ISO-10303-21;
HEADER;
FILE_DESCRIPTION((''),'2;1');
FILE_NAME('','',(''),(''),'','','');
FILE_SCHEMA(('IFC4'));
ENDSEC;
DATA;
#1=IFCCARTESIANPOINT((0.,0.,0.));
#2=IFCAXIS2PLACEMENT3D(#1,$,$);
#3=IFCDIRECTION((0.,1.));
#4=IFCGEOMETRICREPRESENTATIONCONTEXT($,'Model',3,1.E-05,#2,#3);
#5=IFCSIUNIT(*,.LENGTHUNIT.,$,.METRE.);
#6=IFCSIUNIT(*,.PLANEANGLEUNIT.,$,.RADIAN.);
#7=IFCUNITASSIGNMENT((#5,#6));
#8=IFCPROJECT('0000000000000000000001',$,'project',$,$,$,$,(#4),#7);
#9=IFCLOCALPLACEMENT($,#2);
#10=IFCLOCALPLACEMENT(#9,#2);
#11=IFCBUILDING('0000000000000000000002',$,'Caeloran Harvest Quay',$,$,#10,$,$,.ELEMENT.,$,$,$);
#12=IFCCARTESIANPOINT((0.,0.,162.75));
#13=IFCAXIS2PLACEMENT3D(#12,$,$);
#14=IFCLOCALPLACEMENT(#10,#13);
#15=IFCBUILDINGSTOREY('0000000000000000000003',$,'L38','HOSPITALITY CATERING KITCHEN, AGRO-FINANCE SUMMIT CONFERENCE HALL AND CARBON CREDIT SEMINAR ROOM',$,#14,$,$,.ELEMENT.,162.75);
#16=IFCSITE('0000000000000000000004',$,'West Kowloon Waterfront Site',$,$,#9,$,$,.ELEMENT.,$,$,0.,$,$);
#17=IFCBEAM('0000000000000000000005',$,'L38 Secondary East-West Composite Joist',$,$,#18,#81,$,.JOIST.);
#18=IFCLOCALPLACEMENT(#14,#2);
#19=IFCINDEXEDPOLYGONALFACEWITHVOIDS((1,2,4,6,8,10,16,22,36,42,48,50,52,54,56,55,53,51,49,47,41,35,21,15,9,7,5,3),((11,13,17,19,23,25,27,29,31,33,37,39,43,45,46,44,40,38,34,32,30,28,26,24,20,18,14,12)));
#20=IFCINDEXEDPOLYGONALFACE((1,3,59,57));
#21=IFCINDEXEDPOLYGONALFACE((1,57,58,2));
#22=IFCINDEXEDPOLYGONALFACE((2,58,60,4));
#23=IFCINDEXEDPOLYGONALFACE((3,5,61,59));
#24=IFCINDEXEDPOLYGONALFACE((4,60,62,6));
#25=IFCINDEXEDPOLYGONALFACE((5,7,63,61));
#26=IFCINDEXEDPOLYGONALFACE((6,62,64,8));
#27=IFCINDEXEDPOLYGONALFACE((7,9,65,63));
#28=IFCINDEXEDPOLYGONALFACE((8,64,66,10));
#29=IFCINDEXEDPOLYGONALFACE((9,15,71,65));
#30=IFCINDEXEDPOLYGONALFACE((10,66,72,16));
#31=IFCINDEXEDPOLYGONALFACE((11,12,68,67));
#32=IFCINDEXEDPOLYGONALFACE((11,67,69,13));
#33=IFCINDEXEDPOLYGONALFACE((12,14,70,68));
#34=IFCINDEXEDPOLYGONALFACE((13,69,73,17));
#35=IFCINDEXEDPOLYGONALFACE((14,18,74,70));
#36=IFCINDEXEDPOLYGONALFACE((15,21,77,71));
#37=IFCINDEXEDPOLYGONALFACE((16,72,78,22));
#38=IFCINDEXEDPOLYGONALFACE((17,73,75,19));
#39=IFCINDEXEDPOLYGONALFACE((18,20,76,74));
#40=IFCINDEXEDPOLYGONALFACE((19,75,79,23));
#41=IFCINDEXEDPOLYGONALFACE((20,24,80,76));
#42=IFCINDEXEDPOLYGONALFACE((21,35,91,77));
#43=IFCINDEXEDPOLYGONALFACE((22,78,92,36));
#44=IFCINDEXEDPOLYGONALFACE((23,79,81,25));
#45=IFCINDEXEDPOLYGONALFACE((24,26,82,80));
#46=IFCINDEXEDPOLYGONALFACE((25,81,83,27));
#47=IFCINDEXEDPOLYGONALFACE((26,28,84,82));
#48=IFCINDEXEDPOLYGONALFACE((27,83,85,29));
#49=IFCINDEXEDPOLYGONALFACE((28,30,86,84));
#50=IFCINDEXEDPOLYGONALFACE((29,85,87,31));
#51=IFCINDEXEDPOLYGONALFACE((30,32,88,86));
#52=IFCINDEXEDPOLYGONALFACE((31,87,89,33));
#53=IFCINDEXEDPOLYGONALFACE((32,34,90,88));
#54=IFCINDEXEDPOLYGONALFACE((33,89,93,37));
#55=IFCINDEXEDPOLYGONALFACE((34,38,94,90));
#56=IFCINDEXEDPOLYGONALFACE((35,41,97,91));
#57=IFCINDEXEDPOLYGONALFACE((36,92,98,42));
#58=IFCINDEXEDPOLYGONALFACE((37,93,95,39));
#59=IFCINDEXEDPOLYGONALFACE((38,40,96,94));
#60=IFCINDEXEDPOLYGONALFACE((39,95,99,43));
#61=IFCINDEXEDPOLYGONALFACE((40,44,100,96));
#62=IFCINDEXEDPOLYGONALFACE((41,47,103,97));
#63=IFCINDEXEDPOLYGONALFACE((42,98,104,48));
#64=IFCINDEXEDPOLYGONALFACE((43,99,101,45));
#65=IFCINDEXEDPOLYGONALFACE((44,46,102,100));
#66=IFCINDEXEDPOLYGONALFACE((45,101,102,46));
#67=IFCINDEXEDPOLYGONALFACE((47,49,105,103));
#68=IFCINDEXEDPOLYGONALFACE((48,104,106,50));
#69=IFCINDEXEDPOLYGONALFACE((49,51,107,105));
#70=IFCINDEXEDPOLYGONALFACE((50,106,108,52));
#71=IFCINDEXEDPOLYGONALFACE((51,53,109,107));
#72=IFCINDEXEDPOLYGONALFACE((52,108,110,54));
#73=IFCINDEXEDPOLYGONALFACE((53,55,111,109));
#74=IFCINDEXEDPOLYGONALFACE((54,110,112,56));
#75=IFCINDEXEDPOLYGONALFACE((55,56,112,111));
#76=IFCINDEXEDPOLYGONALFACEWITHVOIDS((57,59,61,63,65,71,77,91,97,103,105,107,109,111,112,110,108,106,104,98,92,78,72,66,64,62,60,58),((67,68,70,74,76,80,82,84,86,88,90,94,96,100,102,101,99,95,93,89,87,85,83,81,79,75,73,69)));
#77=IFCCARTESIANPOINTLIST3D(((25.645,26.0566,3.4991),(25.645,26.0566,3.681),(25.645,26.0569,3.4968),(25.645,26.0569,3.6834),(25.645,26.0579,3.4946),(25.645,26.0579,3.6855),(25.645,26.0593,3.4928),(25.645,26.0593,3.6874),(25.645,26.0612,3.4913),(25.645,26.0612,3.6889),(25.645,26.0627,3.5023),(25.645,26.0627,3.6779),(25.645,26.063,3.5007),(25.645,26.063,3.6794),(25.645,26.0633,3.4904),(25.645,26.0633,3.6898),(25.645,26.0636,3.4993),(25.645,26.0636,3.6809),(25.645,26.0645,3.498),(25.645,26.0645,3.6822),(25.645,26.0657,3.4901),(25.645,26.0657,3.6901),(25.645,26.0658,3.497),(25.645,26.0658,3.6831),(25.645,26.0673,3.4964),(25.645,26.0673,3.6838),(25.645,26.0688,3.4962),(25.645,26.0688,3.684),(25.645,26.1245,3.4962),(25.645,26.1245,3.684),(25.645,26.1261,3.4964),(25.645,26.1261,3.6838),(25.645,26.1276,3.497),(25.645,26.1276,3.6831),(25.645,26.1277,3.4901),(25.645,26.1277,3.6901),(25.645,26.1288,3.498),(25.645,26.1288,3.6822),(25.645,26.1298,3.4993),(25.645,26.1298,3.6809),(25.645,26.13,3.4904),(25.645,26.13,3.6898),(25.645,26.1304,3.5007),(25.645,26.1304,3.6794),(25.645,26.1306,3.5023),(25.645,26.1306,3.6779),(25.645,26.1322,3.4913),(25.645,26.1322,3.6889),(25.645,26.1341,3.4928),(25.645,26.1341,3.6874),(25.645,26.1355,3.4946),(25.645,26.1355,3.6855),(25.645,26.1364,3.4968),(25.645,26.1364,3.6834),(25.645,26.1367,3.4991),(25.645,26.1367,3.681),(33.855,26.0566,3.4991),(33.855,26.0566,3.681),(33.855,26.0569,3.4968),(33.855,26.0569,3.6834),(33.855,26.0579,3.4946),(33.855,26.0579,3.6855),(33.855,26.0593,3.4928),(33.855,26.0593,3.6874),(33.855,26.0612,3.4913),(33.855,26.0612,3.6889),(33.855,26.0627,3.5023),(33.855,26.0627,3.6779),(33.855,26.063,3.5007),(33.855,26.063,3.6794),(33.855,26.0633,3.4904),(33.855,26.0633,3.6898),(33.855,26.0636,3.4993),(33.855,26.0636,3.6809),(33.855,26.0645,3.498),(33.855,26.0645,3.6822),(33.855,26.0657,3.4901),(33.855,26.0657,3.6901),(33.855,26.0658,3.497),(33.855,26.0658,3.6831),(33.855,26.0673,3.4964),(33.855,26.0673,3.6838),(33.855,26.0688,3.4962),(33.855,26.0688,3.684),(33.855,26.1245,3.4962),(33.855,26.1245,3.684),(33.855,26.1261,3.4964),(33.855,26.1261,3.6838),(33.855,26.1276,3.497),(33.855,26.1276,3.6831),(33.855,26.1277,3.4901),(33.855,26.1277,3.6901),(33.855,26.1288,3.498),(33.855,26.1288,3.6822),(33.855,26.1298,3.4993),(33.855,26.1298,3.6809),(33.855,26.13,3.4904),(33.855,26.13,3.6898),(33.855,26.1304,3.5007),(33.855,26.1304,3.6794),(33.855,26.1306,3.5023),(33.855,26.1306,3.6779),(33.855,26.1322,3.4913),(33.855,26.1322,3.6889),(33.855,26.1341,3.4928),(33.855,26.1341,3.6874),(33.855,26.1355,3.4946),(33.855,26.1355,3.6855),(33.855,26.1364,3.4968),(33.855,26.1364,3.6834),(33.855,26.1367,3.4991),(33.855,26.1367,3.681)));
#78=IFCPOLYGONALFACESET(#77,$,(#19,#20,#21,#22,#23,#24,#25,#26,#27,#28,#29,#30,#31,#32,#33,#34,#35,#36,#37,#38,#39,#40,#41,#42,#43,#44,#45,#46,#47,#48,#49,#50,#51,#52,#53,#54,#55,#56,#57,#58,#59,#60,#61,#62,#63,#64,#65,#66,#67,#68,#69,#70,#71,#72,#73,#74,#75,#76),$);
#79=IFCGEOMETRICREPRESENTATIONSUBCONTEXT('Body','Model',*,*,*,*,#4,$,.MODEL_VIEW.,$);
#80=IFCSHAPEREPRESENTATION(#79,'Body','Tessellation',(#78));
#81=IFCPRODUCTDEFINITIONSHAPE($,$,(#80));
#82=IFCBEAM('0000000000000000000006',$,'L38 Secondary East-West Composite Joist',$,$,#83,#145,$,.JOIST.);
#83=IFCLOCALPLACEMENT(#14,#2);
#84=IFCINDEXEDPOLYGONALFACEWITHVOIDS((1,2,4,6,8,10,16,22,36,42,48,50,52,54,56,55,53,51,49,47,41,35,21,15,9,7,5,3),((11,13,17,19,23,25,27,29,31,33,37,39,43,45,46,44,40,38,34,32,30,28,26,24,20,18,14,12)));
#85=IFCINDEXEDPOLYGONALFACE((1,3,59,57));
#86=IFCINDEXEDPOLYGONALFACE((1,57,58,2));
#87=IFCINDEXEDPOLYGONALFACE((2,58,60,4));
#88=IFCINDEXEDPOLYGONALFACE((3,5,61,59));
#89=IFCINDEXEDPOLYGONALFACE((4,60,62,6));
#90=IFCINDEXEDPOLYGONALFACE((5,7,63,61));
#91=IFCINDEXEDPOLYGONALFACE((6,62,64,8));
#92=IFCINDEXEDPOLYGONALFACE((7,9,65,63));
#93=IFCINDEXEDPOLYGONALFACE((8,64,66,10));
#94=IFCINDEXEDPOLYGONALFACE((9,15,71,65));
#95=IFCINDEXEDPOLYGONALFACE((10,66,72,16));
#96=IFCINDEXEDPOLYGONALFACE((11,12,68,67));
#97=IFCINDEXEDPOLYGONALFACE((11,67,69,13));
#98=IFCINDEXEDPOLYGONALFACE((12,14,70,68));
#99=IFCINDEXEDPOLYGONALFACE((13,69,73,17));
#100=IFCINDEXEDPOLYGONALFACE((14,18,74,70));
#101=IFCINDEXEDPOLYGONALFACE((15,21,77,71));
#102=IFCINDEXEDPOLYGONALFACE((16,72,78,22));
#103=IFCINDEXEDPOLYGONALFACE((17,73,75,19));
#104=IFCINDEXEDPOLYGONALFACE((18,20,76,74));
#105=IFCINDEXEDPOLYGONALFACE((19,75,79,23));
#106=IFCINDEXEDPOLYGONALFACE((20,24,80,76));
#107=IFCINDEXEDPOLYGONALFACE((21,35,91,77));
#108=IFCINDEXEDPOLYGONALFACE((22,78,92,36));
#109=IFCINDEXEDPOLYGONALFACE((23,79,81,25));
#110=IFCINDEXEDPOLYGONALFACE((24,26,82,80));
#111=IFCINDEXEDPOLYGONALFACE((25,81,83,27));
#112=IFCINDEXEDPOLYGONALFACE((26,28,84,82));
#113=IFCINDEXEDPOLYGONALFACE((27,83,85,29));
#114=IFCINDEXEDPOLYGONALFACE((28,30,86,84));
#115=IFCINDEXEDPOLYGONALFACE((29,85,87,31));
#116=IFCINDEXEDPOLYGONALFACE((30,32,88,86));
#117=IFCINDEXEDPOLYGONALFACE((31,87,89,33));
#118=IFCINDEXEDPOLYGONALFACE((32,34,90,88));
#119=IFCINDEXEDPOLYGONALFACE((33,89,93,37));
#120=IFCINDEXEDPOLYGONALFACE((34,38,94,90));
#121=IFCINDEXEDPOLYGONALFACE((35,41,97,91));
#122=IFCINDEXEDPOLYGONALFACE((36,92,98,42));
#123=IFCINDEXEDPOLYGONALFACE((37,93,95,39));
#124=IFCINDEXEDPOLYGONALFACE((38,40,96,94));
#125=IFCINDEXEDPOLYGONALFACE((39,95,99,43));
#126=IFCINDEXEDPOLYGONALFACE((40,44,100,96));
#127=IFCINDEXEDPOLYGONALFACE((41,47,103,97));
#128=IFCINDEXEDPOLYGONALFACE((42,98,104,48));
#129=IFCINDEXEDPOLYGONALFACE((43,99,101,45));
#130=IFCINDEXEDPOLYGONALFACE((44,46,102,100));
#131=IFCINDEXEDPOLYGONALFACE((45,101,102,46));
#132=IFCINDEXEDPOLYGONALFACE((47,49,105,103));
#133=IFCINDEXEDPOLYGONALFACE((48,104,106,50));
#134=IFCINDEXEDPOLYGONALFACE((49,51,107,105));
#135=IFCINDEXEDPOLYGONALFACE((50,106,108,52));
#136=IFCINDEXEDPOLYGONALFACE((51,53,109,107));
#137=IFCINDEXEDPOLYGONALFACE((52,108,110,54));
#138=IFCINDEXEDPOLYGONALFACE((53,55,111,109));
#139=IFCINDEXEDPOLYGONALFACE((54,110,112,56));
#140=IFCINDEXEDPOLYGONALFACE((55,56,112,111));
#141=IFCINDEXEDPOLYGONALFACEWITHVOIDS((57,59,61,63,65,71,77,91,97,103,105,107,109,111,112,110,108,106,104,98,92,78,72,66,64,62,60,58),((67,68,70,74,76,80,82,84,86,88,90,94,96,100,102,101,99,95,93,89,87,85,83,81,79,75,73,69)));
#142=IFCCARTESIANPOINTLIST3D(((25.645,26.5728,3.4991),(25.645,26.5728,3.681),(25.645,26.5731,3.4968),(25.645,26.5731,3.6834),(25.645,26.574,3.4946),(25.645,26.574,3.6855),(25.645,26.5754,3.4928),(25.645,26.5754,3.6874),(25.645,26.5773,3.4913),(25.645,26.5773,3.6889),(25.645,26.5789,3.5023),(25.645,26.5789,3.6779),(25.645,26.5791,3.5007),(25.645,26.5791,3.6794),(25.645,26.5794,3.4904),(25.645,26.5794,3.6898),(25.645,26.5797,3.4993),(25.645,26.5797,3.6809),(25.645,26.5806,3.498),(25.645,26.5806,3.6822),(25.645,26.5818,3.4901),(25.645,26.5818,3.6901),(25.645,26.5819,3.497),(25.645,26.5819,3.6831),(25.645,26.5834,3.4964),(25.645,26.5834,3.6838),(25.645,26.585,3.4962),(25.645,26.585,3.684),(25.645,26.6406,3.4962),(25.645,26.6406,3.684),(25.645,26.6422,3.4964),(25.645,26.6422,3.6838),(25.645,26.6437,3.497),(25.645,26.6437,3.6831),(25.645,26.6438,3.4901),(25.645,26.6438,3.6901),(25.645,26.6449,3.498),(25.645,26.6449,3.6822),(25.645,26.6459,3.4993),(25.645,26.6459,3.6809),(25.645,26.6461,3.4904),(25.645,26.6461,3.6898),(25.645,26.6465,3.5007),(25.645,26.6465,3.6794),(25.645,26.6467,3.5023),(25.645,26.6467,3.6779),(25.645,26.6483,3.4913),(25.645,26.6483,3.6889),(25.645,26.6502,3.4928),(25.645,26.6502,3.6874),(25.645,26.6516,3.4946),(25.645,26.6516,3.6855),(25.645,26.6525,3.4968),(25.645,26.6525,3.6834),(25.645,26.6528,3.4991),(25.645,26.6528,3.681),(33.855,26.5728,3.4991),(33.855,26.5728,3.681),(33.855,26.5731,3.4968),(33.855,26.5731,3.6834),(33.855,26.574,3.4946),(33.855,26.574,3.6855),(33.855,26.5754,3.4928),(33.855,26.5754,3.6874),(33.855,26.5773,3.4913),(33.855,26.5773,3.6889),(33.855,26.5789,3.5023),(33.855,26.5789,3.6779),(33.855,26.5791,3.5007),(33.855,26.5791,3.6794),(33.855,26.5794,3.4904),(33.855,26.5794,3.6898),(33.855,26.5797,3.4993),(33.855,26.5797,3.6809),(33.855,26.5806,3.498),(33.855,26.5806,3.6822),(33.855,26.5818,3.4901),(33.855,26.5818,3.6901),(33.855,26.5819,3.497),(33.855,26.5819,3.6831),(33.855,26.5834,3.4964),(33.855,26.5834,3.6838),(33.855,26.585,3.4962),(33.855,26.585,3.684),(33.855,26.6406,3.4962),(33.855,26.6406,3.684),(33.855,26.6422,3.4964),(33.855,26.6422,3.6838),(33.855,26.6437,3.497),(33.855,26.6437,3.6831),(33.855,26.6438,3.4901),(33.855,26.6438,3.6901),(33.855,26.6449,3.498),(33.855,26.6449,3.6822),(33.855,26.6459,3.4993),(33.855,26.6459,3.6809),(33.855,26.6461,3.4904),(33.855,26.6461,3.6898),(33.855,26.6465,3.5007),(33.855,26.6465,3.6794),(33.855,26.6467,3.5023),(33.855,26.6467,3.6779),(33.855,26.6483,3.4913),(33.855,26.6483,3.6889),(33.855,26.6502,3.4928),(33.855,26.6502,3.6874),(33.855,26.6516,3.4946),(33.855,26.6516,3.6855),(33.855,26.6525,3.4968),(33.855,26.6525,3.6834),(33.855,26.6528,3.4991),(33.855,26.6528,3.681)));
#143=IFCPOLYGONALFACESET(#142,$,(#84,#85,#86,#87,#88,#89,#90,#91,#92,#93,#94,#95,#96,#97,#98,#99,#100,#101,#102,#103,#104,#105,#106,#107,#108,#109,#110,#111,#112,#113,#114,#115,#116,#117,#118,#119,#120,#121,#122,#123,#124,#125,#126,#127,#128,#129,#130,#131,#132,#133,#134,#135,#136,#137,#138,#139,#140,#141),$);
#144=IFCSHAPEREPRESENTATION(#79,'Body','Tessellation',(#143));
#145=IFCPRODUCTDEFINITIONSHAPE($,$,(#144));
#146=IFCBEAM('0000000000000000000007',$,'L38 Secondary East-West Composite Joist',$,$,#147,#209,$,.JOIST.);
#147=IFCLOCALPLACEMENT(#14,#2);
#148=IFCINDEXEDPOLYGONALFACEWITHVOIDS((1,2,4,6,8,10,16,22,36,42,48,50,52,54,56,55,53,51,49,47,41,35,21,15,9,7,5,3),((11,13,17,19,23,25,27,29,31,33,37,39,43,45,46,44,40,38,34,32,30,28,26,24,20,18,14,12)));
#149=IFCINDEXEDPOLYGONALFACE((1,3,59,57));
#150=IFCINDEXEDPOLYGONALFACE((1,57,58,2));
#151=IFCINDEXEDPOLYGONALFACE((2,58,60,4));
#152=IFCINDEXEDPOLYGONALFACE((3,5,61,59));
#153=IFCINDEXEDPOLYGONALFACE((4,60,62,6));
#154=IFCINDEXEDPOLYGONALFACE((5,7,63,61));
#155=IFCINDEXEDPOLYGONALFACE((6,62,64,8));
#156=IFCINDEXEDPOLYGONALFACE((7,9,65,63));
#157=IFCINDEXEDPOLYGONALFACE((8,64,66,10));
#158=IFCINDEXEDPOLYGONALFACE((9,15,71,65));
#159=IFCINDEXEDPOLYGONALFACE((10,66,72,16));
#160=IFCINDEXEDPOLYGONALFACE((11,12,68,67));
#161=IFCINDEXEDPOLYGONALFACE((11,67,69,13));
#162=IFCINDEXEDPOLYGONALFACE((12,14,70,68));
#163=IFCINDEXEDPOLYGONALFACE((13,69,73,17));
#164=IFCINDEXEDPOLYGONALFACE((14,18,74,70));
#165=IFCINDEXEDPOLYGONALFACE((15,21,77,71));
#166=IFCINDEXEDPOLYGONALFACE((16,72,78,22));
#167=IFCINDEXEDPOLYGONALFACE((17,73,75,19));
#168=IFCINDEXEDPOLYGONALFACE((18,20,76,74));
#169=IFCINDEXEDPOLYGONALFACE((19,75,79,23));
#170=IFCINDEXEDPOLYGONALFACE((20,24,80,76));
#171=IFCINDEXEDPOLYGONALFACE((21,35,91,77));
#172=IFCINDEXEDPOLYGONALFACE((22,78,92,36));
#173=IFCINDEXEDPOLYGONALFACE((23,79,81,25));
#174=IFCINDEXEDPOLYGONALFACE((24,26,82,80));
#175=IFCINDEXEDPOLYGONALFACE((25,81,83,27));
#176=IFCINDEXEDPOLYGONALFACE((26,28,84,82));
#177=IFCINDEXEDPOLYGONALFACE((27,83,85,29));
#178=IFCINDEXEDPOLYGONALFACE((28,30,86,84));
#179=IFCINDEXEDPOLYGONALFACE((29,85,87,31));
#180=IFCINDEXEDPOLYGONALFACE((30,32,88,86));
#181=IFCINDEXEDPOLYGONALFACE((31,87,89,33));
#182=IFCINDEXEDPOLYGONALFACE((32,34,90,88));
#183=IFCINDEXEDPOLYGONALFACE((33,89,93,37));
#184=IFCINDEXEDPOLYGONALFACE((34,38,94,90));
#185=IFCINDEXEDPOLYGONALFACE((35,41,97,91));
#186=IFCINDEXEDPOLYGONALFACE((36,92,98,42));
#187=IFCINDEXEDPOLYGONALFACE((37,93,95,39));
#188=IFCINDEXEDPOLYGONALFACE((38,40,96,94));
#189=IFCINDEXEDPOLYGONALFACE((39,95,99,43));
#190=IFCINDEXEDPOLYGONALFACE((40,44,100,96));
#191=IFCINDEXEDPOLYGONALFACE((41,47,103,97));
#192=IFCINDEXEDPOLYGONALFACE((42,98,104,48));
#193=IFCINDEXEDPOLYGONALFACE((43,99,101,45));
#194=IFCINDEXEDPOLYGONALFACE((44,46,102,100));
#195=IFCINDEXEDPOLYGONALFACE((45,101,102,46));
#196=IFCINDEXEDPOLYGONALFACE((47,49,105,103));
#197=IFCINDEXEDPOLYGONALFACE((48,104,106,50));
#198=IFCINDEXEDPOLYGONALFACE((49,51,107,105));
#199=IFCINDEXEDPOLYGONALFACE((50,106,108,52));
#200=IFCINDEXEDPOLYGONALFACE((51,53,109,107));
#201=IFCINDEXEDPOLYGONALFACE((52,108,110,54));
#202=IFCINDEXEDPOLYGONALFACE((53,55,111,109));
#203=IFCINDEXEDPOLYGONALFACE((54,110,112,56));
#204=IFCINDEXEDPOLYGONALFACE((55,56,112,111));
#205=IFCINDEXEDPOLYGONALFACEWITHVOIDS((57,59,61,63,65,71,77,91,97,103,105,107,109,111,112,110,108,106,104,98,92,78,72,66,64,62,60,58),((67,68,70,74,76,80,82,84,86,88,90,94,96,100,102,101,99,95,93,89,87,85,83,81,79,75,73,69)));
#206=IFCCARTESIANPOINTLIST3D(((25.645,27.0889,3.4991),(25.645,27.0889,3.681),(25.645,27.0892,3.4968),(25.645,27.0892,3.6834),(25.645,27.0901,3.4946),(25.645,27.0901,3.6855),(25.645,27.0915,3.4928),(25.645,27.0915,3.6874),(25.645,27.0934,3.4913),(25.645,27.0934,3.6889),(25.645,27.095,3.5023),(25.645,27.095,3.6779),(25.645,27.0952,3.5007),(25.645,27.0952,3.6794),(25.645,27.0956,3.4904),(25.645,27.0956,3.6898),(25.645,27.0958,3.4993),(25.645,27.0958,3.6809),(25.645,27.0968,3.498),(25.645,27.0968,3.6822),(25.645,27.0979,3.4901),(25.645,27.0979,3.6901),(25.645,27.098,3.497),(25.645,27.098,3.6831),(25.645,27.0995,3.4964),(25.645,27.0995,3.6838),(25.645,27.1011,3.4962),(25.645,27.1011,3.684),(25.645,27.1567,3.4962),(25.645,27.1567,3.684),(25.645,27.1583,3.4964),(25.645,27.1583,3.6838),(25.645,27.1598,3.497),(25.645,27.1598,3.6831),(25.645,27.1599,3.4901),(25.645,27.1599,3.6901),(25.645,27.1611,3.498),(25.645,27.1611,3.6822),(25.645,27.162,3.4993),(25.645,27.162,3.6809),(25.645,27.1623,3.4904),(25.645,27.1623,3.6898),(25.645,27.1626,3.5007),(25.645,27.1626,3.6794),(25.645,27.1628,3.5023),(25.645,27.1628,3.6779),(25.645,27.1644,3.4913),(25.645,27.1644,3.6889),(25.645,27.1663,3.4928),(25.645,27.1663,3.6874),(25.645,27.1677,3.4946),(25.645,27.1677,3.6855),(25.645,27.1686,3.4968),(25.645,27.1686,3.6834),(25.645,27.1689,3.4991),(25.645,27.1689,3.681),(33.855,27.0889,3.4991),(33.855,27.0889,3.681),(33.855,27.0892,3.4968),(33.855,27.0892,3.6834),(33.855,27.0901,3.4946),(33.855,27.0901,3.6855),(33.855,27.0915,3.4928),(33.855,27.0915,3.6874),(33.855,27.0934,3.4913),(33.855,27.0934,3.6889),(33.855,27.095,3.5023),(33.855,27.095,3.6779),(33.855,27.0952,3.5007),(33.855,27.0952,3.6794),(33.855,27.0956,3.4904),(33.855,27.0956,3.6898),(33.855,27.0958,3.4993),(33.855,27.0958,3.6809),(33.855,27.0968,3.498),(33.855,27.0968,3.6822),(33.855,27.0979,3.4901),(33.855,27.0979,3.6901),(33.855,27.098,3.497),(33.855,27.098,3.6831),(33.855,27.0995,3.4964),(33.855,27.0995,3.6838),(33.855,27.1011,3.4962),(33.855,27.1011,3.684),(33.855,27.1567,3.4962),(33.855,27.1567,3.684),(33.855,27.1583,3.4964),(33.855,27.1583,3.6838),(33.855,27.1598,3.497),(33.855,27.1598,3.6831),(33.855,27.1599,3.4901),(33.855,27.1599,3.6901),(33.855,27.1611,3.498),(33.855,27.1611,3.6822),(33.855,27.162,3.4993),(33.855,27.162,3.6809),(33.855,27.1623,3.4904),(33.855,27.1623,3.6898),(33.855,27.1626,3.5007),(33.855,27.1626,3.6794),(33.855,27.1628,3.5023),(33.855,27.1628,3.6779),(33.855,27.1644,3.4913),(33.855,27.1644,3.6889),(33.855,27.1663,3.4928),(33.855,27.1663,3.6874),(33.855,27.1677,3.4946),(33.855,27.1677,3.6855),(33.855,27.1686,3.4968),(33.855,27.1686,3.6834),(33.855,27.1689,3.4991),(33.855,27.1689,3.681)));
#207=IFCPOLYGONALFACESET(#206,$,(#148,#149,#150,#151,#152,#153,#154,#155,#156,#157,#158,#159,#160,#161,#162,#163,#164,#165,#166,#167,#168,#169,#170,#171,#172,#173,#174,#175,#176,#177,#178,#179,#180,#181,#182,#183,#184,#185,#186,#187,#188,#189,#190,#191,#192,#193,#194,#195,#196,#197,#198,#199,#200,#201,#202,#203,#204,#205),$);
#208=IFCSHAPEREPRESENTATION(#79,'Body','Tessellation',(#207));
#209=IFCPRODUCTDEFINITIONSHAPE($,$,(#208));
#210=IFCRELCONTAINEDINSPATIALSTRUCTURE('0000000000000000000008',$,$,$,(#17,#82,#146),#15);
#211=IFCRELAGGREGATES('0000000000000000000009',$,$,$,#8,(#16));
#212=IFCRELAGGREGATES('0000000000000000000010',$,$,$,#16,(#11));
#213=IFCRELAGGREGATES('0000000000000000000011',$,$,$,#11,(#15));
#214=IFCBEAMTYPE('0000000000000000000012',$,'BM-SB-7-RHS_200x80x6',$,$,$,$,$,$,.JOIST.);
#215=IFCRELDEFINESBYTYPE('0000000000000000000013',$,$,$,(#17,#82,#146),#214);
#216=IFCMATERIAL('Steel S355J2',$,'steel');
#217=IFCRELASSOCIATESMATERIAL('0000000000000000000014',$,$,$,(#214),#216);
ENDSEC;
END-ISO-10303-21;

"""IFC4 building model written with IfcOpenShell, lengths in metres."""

from ifc_helpers import new_model, si_unit, direction, frame, origin, origin_2d, place, context, subcontext, project, spatial, hollow_rectangle, extrude, material, material_profile, profile_set, type_object, element, save


model = new_model("IFC4")

# Units and contexts
model_context = context("Model", 3, precision=1e-05, world=origin(), true_north=direction((0.0, 1.0)))
body_context = subcontext(model_context, "Body", "Model", "MODEL_VIEW")
ifc_project = project(units=[si_unit("LENGTHUNIT", "METRE"), si_unit("PLANEANGLEUNIT", "RADIAN")], contexts=[model_context])

# Site, building, storey
site_placement = place(None, origin())
site = spatial("IfcSite", under=ifc_project, at=site_placement, Name="West Kowloon Waterfront Site", CompositionType="ELEMENT", RefElevation=0.0)
building_placement = place(site_placement, origin())
building = spatial("IfcBuilding", under=site, at=building_placement, Name="Caeloran Harvest Quay", CompositionType="ELEMENT")
storey_placement = place(building_placement, frame((0.0, 0.0, 162.75)))
storey = spatial("IfcBuildingStorey", under=building, at=storey_placement, Name="L38", Description="HOSPITALITY CATERING KITCHEN, AGRO-FINANCE SUMMIT CONFERENCE HALL AND CARBON CREDIT SEMINAR ROOM", CompositionType="ELEMENT", Elevation=162.75)

# Beams
ifc_material_1 = material(Name="Steel S355J2", Category="steel")
ifc_material_profile_1 = material_profile(ifc_material_1, hollow_rectangle(XDim=0.0801, YDim=0.2, WallThickness=0.0061, InnerFilletRadius=0.0061, OuterFilletRadius=0.009, at=origin_2d()), Name="RHS 200x80x6")
ifc_profile_set_1 = profile_set([ifc_material_profile_1], Name="Steel S355J2")
beam_type_1 = type_object("IfcBeamType", Name="BM-SB-7-RHS_200x80x6", PredefinedType="JOIST", material=ifc_profile_set_1)
for number, where, z_axis, x_axis, name in (
    (1, (25.645, 26.0967, 3.5901), (1.0, 0.0, 0.0), (0.0, 1.0, 0.0), "L38 Secondary East-West Composite Joist"),
    (2, (25.645, 26.6128, 3.5901), (1.0, 0.0, 0.0), (0.0, 1.0, 0.0), "L38 Secondary East-West Composite Joist"),
    (3, (25.645, 27.1289, 3.5901), (1.0, 0.0, 0.0), (0.0, 1.0, 0.0), "L38 Secondary East-West Composite Joist"),
):
    element("IfcBeam", number, at=place(storey_placement, frame(where, z_axis=z_axis, x_axis=x_axis)), inside=storey, type_object=beam_type_1, Name=name, PredefinedType="JOIST", context=body_context, shape_type="SweptSolid", body=[
        extrude(hollow_rectangle(XDim=0.0801, YDim=0.2, WallThickness=0.0061, InnerFilletRadius=0.0061, OuterFilletRadius=0.009, at=origin_2d()), origin(), (0.0, 0.0, 1.0), 8.21),
    ])

save(model, "model.ifc")
